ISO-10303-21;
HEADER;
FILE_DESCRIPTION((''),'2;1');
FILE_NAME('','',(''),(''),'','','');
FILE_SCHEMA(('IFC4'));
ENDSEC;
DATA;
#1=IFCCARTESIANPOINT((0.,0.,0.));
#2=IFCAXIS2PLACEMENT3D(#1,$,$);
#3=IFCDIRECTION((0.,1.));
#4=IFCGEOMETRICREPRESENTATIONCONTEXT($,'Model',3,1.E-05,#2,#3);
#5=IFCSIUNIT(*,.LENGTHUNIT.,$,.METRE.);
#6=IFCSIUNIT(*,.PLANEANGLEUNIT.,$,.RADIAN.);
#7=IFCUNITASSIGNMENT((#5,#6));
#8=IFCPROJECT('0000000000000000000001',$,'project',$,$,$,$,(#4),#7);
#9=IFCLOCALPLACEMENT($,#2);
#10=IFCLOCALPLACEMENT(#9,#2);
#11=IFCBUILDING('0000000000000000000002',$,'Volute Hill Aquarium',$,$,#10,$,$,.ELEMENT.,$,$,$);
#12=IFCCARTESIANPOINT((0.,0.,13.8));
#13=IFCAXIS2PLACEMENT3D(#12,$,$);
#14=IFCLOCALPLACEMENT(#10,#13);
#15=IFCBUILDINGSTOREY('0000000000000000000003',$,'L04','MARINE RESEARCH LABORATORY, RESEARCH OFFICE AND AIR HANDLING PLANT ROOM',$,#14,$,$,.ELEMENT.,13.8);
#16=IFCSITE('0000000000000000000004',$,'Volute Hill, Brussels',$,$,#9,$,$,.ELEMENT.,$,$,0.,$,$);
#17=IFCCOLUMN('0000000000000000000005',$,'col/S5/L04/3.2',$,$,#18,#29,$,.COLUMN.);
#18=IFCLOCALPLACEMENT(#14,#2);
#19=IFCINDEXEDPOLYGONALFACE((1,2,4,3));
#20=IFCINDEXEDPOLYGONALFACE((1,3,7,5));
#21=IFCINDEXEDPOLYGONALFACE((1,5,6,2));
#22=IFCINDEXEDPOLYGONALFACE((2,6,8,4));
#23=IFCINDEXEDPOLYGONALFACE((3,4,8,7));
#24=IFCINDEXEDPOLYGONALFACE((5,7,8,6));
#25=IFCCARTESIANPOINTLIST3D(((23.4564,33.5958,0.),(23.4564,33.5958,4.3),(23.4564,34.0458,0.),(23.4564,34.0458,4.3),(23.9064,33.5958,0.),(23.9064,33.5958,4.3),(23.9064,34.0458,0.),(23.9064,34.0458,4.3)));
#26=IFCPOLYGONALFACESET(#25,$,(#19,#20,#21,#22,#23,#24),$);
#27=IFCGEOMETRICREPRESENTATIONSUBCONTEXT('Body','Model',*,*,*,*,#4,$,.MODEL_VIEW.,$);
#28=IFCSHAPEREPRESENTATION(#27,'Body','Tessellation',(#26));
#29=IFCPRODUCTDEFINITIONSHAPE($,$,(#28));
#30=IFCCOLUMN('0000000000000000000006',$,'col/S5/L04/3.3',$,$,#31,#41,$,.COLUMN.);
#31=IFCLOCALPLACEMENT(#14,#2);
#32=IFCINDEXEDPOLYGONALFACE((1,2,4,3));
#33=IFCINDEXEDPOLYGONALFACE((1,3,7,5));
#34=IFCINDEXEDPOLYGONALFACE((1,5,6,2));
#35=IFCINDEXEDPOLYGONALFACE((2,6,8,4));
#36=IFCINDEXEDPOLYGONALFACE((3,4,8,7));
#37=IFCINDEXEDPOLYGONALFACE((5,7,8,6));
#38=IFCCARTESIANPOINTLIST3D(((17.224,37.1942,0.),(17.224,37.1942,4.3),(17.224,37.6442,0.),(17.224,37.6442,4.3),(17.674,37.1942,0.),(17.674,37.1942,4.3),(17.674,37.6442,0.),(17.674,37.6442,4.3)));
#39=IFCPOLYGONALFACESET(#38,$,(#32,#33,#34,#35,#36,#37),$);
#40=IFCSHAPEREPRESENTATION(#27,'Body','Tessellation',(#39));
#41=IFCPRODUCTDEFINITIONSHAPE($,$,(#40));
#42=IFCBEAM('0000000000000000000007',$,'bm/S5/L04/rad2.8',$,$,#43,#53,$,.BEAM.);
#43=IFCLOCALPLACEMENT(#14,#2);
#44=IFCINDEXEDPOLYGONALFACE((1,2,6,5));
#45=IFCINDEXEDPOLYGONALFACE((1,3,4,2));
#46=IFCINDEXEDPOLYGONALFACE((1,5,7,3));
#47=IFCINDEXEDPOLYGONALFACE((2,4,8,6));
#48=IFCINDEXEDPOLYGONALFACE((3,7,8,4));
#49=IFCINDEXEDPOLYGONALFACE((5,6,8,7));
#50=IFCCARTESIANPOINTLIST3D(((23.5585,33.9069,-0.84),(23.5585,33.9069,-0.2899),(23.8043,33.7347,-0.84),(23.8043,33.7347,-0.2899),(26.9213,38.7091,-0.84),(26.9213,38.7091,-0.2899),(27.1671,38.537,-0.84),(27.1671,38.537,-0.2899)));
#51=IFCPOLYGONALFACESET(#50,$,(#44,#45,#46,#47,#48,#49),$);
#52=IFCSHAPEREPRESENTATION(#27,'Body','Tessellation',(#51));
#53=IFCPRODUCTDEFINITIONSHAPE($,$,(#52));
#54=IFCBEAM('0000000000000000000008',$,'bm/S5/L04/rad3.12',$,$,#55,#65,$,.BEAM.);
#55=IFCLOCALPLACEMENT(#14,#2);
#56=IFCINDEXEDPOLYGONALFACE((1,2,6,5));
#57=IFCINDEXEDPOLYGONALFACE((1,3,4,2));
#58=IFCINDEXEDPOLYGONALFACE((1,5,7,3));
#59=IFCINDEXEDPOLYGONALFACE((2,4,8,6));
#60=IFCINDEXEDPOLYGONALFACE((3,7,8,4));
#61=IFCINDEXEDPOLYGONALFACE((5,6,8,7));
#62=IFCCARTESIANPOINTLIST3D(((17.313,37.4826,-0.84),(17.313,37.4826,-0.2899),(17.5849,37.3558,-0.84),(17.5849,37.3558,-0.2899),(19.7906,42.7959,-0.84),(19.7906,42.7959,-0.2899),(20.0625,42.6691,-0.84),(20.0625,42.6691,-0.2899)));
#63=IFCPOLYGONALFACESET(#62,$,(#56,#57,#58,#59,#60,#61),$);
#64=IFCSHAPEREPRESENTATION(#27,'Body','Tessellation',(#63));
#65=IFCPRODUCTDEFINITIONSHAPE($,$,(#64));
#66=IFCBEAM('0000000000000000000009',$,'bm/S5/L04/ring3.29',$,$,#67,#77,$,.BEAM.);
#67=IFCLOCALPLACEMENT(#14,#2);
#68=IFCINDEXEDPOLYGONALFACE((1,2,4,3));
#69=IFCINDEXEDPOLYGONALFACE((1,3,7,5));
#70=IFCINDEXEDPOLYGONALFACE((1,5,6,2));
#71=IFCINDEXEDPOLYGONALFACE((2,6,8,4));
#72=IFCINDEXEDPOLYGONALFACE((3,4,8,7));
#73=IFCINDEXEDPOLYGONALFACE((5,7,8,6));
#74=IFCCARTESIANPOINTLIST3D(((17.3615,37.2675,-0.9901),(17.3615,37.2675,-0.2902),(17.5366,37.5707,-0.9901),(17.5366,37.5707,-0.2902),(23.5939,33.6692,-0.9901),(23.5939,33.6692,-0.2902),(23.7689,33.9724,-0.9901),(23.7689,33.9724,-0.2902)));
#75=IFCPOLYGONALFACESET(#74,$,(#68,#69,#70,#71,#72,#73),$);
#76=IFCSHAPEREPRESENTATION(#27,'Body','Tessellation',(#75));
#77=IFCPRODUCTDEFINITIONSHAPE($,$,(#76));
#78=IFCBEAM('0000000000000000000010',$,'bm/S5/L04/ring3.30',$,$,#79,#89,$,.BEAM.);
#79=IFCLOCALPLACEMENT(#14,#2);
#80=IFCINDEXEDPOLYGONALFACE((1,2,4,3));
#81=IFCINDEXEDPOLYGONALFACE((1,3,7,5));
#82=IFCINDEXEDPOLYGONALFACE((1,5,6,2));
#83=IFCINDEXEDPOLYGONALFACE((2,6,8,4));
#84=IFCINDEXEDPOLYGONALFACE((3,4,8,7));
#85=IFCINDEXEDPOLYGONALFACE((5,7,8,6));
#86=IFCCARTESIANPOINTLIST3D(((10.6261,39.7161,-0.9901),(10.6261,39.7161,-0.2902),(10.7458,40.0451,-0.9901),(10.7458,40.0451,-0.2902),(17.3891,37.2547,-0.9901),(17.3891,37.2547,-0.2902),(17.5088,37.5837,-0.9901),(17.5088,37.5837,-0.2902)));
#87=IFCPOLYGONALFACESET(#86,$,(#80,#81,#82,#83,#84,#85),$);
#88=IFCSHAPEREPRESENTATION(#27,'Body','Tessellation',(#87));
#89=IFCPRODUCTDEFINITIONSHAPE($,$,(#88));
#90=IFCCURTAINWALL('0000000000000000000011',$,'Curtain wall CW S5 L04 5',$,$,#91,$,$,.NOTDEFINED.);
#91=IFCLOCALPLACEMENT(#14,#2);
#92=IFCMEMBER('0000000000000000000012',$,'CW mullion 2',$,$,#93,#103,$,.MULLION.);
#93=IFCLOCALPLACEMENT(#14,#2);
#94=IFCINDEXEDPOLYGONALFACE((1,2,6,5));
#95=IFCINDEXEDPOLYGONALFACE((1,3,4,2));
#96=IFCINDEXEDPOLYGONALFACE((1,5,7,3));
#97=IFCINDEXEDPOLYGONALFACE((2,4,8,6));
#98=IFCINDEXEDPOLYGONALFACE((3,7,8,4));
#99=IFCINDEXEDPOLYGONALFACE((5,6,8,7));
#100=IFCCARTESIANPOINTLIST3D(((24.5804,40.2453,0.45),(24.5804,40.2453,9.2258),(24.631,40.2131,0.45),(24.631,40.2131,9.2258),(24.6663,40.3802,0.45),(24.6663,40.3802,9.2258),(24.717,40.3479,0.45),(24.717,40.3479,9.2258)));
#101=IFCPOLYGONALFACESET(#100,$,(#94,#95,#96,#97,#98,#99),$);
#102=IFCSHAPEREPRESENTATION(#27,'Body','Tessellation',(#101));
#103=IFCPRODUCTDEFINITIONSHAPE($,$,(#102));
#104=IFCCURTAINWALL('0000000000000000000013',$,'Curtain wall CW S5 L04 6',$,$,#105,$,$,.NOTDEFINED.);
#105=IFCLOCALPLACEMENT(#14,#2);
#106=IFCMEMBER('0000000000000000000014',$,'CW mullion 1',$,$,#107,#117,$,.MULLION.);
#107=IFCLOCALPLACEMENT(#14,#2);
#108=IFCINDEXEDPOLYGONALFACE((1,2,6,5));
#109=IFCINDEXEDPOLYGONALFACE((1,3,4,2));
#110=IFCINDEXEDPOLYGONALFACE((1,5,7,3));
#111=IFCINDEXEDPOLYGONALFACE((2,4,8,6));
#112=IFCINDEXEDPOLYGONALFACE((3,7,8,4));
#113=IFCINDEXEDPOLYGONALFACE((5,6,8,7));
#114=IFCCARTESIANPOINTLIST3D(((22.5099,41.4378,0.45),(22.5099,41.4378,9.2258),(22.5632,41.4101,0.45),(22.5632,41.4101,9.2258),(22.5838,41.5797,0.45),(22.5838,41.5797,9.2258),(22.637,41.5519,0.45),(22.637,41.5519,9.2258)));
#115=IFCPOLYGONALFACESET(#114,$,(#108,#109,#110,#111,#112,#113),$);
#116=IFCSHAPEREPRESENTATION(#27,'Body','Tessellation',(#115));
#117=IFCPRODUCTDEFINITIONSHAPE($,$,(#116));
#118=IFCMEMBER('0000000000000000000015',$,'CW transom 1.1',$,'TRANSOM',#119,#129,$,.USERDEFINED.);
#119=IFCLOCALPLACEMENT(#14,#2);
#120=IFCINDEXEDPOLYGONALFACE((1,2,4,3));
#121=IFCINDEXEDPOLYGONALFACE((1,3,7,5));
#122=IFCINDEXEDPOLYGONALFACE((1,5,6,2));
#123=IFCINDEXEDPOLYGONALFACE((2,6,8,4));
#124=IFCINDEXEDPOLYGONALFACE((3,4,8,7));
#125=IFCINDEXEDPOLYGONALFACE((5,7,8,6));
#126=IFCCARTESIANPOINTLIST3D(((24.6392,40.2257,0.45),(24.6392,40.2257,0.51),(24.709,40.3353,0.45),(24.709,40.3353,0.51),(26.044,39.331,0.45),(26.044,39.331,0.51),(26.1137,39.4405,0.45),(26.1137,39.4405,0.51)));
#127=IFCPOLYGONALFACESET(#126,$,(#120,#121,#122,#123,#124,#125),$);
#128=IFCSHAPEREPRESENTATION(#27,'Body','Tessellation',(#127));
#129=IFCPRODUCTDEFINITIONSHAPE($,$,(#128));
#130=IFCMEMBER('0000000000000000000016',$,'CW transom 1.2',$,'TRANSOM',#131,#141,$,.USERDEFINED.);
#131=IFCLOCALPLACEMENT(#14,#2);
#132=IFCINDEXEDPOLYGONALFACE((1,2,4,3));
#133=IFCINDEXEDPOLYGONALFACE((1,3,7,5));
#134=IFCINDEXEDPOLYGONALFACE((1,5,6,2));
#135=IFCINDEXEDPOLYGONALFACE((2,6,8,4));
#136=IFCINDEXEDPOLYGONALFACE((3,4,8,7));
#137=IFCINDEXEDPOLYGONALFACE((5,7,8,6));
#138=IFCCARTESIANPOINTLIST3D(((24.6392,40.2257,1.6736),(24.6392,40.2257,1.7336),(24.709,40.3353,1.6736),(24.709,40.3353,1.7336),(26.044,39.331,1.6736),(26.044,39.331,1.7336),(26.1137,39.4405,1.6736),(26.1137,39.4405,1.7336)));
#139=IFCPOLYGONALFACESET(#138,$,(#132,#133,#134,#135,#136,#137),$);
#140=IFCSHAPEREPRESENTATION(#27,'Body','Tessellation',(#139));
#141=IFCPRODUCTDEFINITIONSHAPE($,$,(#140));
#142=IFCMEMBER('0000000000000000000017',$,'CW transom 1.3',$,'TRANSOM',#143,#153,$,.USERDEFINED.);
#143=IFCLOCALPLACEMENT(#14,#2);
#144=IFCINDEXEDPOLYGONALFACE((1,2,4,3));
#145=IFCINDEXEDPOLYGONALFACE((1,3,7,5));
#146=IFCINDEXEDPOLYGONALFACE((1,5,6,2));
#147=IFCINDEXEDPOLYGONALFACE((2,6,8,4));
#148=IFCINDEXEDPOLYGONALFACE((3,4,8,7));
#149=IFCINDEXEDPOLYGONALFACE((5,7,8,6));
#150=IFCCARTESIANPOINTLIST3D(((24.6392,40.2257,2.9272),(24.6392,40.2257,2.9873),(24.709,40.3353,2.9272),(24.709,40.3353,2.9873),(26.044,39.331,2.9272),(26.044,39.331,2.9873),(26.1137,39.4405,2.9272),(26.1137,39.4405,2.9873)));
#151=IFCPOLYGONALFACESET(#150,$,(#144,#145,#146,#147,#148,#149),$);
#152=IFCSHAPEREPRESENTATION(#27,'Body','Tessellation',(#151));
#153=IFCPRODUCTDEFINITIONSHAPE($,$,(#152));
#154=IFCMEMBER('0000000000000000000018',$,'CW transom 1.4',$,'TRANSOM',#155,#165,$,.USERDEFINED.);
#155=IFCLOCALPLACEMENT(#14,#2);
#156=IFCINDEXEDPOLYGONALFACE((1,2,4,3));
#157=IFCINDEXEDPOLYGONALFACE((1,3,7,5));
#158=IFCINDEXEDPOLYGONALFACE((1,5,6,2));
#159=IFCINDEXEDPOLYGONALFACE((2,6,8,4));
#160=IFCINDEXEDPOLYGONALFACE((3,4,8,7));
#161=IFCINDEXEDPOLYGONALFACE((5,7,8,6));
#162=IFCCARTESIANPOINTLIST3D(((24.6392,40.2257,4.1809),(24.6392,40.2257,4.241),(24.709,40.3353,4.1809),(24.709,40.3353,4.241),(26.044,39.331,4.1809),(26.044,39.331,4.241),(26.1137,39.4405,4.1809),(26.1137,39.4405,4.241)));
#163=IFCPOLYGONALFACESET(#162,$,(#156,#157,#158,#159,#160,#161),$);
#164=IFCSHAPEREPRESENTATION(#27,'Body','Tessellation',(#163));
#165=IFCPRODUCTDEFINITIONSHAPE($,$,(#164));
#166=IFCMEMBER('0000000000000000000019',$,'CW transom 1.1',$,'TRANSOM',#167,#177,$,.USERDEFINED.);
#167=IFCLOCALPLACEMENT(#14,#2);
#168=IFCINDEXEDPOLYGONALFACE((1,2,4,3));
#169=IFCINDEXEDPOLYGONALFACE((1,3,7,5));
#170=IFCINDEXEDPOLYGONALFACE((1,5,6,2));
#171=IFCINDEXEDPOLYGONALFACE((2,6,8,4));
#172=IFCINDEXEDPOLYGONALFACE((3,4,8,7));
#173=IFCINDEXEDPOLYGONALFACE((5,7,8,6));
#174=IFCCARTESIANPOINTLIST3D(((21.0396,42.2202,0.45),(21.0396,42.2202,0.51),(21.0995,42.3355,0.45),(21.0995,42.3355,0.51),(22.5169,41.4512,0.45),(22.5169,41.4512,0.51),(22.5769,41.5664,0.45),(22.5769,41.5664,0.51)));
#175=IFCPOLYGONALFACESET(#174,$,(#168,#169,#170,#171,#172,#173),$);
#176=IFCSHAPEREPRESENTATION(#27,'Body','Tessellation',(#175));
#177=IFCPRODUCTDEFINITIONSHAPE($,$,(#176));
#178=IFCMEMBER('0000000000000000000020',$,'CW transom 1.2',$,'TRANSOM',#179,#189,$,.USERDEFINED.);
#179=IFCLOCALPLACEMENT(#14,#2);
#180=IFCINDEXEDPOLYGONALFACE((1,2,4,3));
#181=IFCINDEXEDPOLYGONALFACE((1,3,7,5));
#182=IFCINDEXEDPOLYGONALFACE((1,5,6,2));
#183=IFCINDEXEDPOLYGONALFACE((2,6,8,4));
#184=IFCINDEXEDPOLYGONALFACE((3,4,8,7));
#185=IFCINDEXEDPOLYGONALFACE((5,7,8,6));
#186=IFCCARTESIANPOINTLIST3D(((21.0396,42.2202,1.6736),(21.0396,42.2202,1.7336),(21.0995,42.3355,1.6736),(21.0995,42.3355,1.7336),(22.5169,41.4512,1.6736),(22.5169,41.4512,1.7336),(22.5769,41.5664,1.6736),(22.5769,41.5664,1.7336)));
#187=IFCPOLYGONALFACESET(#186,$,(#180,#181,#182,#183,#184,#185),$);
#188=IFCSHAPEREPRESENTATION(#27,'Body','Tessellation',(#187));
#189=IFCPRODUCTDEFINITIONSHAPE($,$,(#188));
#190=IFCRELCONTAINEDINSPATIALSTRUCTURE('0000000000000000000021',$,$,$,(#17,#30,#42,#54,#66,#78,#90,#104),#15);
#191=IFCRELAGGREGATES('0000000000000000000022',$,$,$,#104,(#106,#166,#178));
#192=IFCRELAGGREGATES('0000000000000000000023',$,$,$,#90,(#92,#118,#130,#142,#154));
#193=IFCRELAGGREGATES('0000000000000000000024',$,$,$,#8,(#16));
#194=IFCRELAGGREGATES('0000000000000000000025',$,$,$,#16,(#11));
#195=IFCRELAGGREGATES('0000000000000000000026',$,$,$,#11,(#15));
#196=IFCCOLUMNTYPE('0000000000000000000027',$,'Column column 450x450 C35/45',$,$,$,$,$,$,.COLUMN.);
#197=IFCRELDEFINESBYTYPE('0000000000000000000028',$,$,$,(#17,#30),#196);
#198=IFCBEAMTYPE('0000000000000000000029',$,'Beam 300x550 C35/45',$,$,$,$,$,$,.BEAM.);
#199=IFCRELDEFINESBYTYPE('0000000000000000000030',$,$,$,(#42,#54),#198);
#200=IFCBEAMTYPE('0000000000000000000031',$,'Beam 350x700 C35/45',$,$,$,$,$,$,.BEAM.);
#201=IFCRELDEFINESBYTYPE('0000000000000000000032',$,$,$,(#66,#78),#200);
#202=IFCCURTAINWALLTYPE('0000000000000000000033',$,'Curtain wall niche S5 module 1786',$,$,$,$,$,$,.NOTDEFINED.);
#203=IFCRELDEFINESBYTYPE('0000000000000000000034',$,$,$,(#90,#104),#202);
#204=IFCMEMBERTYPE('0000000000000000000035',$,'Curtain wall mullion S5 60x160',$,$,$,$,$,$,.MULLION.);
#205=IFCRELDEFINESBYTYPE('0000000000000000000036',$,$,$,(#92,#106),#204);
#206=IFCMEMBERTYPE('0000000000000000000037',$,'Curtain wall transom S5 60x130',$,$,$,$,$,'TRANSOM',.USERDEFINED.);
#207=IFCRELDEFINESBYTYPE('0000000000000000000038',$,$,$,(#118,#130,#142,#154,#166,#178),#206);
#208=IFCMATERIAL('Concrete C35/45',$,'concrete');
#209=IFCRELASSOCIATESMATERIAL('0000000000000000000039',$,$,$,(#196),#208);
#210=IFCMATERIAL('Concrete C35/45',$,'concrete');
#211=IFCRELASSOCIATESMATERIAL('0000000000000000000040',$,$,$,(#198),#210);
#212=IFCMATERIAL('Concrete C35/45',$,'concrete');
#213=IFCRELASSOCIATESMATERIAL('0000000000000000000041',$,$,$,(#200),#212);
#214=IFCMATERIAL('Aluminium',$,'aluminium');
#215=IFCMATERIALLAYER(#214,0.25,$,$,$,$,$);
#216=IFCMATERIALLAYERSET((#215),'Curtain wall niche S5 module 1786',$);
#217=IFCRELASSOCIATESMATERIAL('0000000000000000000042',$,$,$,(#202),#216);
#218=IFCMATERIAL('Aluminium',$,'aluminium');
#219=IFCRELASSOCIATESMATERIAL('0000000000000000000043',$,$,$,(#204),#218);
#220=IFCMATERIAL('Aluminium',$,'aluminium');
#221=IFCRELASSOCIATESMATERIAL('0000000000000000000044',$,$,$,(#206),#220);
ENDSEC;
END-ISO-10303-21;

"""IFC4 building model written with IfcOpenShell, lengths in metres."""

from ifc_helpers import new_model, si_unit, direction, frame, origin, origin_2d, place, context, subcontext, project, spatial, rectangle, extrude, material, layer, layer_set, material_profile, profile_set, type_object, element, aggregate, save


model = new_model("IFC4")

# Units and contexts
model_context = context("Model", 3, precision=1e-05, world=origin(), true_north=direction((0.0, 1.0)))
body_context = subcontext(model_context, "Body", "Model", "MODEL_VIEW")
ifc_project = project(units=[si_unit("LENGTHUNIT", "METRE"), si_unit("PLANEANGLEUNIT", "RADIAN")], contexts=[model_context])

# Site, building, storey
site_placement = place(None, origin())
site = spatial("IfcSite", under=ifc_project, at=site_placement, Name="Volute Hill, Brussels", CompositionType="ELEMENT", RefElevation=0.0)
building_placement = place(site_placement, origin())
building = spatial("IfcBuilding", under=site, at=building_placement, Name="Volute Hill Aquarium", CompositionType="ELEMENT")
storey_placement = place(building_placement, frame((0.0, 0.0, 13.8)))
storey = spatial("IfcBuildingStorey", under=building, at=storey_placement, Name="L04", Description="MARINE RESEARCH LABORATORY, RESEARCH OFFICE AND AIR HANDLING PLANT ROOM", CompositionType="ELEMENT", Elevation=13.8)

# Columns
ifc_material_1 = material(Name="Concrete C35/45", Category="concrete")
ifc_material_profile_1 = material_profile(ifc_material_1, rectangle(XDim=0.45, YDim=0.45, at=origin_2d()), Name="RC column 450x450")
ifc_profile_set_1 = profile_set([ifc_material_profile_1], Name="Concrete C35/45")
column_type = type_object("IfcColumnType", Name="Column column 450x450 C35/45", PredefinedType="COLUMN", material=ifc_profile_set_1)
for number, where, z_axis, x_axis, name in (
    (1, (23.6814, 33.8208, 0.0), (0.0, 0.0, 1.0), (1.0, 0.0, 0.0), "col/S5/L04/3.2"),
    (2, (17.449, 37.4192, 0.0), (0.0, 0.0, 1.0), (1.0, 0.0, 0.0), "col/S5/L04/3.3"),
):
    element("IfcColumn", number, at=place(storey_placement, frame(where, z_axis=z_axis, x_axis=x_axis)), inside=storey, type_object=column_type, Name=name, PredefinedType="COLUMN", context=body_context, shape_type="SweptSolid", body=[
        extrude(rectangle(XDim=0.45, YDim=0.45, at=origin_2d()), origin(), (0.0, 0.0, 1.0), 4.3),
    ])

# Beams
ifc_material_2 = material(Name="Concrete C35/45", Category="concrete")
ifc_material_profile_2 = material_profile(ifc_material_2, rectangle(XDim=0.3, YDim=0.55, at=origin_2d()), Name="RC beam 300x550")
ifc_profile_set_2 = profile_set([ifc_material_profile_2], Name="Concrete C35/45")
beam_type_1 = type_object("IfcBeamType", Name="Beam 300x550 C35/45", PredefinedType="BEAM", material=ifc_profile_set_2)
for number, where, z_axis, x_axis, name in (
    (3, (23.6814, 33.8208, -0.5649), (0.573602, 0.819134, 0.0), (-0.819134, 0.573602, 0.0), "bm/S5/L04/rad2.8"),
    (4, (17.449, 37.4192, -0.5649), (0.42261, 0.906312, 0.0), (-0.906312, 0.42261, 0.0), "bm/S5/L04/rad3.12"),
):
    element("IfcBeam", number, at=place(storey_placement, frame(where, z_axis=z_axis, x_axis=x_axis)), inside=storey, type_object=beam_type_1, Name=name, PredefinedType="BEAM", context=body_context, shape_type="SweptSolid", body=[
        extrude(rectangle(XDim=0.3, YDim=0.55, at=origin_2d()), origin(), (0.0, 0.0, 1.0), 5.8625),
    ])
ifc_material_3 = material(Name="Concrete C35/45", Category="concrete")
ifc_material_profile_3 = material_profile(ifc_material_3, rectangle(XDim=0.3501, YDim=0.7, at=origin_2d()), Name="RC beam 350x700")
ifc_profile_set_3 = profile_set([ifc_material_profile_3], Name="Concrete C35/45")
beam_type_2 = type_object("IfcBeamType", Name="Beam 350x700 C35/45", PredefinedType="BEAM", material=ifc_profile_set_3)
beam_1_placement = place(storey_placement, frame((23.6814, 33.8208, -0.6401), z_axis=(-0.866019, 0.50001, 0.0), x_axis=(-0.50001, -0.866019, 0.0)))
element("IfcBeam", 5, at=beam_1_placement, inside=storey, type_object=beam_type_2, Name="bm/S5/L04/ring3.29", PredefinedType="BEAM", context=body_context, shape_type="SweptSolid", body=[
    extrude(rectangle(XDim=0.3501, YDim=0.7, at=origin_2d()), origin(), (0.0, 0.0, 1.0), 7.1965),
])
beam_2_placement = place(storey_placement, frame((17.449, 37.4192, -0.6401), z_axis=(-0.939696, 0.34201, 0.0), x_axis=(-0.34201, -0.939696, 0.0)))
element("IfcBeam", 6, at=beam_2_placement, inside=storey, type_object=beam_type_2, Name="bm/S5/L04/ring3.30", PredefinedType="BEAM", context=body_context, shape_type="SweptSolid", body=[
    extrude(rectangle(XDim=0.3501, YDim=0.7, at=origin_2d()), origin(), (0.0, 0.0, 1.0), 7.197),
])

# Curtain walls, members
ifc_material_4 = material(Name="Aluminium", Category="aluminium")
ifc_layer_1 = layer(ifc_material_4, 0.25)
ifc_layer_set_1 = layer_set([ifc_layer_1], Name="Curtain wall niche S5 module 1786")
curtain_wall_type = type_object("IfcCurtainWallType", Name="Curtain wall niche S5 module 1786", PredefinedType="NOTDEFINED", material=ifc_layer_set_1)
curtain_wall_1_placement = place(storey_placement, origin())
curtain_wall_1 = element("IfcCurtainWall", 7, at=curtain_wall_1_placement, inside=storey, type_object=curtain_wall_type, Name="Curtain wall CW S5 L04 5", PredefinedType="NOTDEFINED")
ifc_material_5 = material(Name="Aluminium", Category="aluminium")
ifc_material_profile_4 = material_profile(ifc_material_5, rectangle(XDim=0.1599, YDim=0.0601, at=origin_2d()), Name="Curtain wall mullion S5 60x160")
ifc_profile_set_4 = profile_set([ifc_material_profile_4], Name="Aluminium")
member_type_1 = type_object("IfcMemberType", Name="Curtain wall mullion S5 60x160", PredefinedType="MULLION", material=ifc_profile_set_4)
member_1_placement = place(storey_placement, frame((24.6487, 40.2966, 0.45), z_axis=(0.0, 0.0, 1.0), x_axis=(-0.53731, -0.843385, 0.0)))
member_1 = element("IfcMember", 8, at=member_1_placement, type_object=member_type_1, Name="CW mullion 2", PredefinedType="MULLION", context=body_context, shape_type="SweptSolid", body=[
    extrude(rectangle(XDim=0.1599, YDim=0.0601, at=origin_2d()), origin(), (0.0, 0.0, 1.0), 8.7759),
])
curtain_wall_2_placement = place(storey_placement, origin())
curtain_wall_2 = element("IfcCurtainWall", 9, at=curtain_wall_2_placement, inside=storey, type_object=curtain_wall_type, Name="Curtain wall CW S5 L04 6", PredefinedType="NOTDEFINED")
member_2_placement = place(storey_placement, frame((22.5735, 41.4949, 0.45), z_axis=(0.0, 0.0, 1.0), x_axis=(-0.461755, -0.887007, 0.0)))
member_2 = element("IfcMember", 10, at=member_2_placement, type_object=member_type_1, Name="CW mullion 1", PredefinedType="MULLION", context=body_context, shape_type="SweptSolid", body=[
    extrude(rectangle(XDim=0.1599, YDim=0.0601, at=origin_2d()), origin(), (0.0, 0.0, 1.0), 8.7759),
])

# Members
ifc_material_6 = material(Name="Aluminium", Category="aluminium")
ifc_material_profile_5 = material_profile(ifc_material_6, rectangle(XDim=0.1299, YDim=0.0601, at=origin_2d()), Name="Curtain wall transom S5 60x130")
ifc_profile_set_5 = profile_set([ifc_material_profile_5], Name="Aluminium")
member_type_2 = type_object("IfcMemberType", Name="Curtain wall transom S5 60x130", ElementType="TRANSOM", PredefinedType="USERDEFINED", material=ifc_profile_set_5)
member_3_placement = place(storey_placement, frame((26.0789, 39.3857, 0.48), z_axis=(-0.843438, 0.537226, 0.0), x_axis=(-0.537226, -0.843438, 0.0)))
member_3 = element("IfcMember", 11, at=member_3_placement, type_object=member_type_2, Name="CW transom 1.1", ObjectType="TRANSOM", PredefinedType="USERDEFINED", context=body_context, shape_type="SweptSolid", body=[
    extrude(rectangle(XDim=0.1299, YDim=0.0601, at=origin_2d()), origin(), (0.0, 0.0, 1.0), 1.6655),
])
member_4_placement = place(storey_placement, frame((26.0789, 39.3857, 1.7036), z_axis=(-0.843438, 0.537226, 0.0), x_axis=(-0.537226, -0.843438, 0.0)))
member_4 = element("IfcMember", 12, at=member_4_placement, type_object=member_type_2, Name="CW transom 1.2", ObjectType="TRANSOM", PredefinedType="USERDEFINED", context=body_context, shape_type="SweptSolid", body=[
    extrude(rectangle(XDim=0.1299, YDim=0.0601, at=origin_2d()), origin(), (0.0, 0.0, 1.0), 1.6655),
])
member_5_placement = place(storey_placement, frame((26.0789, 39.3857, 2.9573), z_axis=(-0.843438, 0.537226, 0.0), x_axis=(-0.537226, -0.843438, 0.0)))
member_5 = element("IfcMember", 13, at=member_5_placement, type_object=member_type_2, Name="CW transom 1.3", ObjectType="TRANSOM", PredefinedType="USERDEFINED", context=body_context, shape_type="SweptSolid", body=[
    extrude(rectangle(XDim=0.1299, YDim=0.0601, at=origin_2d()), origin(), (0.0, 0.0, 1.0), 1.6655),
])
member_6_placement = place(storey_placement, frame((26.0789, 39.3857, 4.2109), z_axis=(-0.843438, 0.537226, 0.0), x_axis=(-0.537226, -0.843438, 0.0)))
member_6 = element("IfcMember", 14, at=member_6_placement, type_object=member_type_2, Name="CW transom 1.4", ObjectType="TRANSOM", PredefinedType="USERDEFINED", context=body_context, shape_type="SweptSolid", body=[
    extrude(rectangle(XDim=0.1299, YDim=0.0601, at=origin_2d()), origin(), (0.0, 0.0, 1.0), 1.6655),
])
member_7_placement = place(storey_placement, frame((22.5469, 41.5088, 0.48), z_axis=(-0.887008, 0.461754, 0.0), x_axis=(-0.461754, -0.887008, 0.0)))
member_7 = element("IfcMember", 15, at=member_7_placement, type_object=member_type_2, Name="CW transom 1.1", ObjectType="TRANSOM", PredefinedType="USERDEFINED", context=body_context, shape_type="SweptSolid", body=[
    extrude(rectangle(XDim=0.1299, YDim=0.0601, at=origin_2d()), origin(), (0.0, 0.0, 1.0), 1.6655),
])
member_8_placement = place(storey_placement, frame((22.5469, 41.5088, 1.7036), z_axis=(-0.887008, 0.461754, 0.0), x_axis=(-0.461754, -0.887008, 0.0)))
member_8 = element("IfcMember", 16, at=member_8_placement, type_object=member_type_2, Name="CW transom 1.2", ObjectType="TRANSOM", PredefinedType="USERDEFINED", context=body_context, shape_type="SweptSolid", body=[
    extrude(rectangle(XDim=0.1299, YDim=0.0601, at=origin_2d()), origin(), (0.0, 0.0, 1.0), 1.6655),
])
aggregate(curtain_wall_2, [member_2, member_7, member_8])

aggregate(curtain_wall_1, [member_1, member_3, member_4, member_5, member_6])

save(model, "model.ifc")
